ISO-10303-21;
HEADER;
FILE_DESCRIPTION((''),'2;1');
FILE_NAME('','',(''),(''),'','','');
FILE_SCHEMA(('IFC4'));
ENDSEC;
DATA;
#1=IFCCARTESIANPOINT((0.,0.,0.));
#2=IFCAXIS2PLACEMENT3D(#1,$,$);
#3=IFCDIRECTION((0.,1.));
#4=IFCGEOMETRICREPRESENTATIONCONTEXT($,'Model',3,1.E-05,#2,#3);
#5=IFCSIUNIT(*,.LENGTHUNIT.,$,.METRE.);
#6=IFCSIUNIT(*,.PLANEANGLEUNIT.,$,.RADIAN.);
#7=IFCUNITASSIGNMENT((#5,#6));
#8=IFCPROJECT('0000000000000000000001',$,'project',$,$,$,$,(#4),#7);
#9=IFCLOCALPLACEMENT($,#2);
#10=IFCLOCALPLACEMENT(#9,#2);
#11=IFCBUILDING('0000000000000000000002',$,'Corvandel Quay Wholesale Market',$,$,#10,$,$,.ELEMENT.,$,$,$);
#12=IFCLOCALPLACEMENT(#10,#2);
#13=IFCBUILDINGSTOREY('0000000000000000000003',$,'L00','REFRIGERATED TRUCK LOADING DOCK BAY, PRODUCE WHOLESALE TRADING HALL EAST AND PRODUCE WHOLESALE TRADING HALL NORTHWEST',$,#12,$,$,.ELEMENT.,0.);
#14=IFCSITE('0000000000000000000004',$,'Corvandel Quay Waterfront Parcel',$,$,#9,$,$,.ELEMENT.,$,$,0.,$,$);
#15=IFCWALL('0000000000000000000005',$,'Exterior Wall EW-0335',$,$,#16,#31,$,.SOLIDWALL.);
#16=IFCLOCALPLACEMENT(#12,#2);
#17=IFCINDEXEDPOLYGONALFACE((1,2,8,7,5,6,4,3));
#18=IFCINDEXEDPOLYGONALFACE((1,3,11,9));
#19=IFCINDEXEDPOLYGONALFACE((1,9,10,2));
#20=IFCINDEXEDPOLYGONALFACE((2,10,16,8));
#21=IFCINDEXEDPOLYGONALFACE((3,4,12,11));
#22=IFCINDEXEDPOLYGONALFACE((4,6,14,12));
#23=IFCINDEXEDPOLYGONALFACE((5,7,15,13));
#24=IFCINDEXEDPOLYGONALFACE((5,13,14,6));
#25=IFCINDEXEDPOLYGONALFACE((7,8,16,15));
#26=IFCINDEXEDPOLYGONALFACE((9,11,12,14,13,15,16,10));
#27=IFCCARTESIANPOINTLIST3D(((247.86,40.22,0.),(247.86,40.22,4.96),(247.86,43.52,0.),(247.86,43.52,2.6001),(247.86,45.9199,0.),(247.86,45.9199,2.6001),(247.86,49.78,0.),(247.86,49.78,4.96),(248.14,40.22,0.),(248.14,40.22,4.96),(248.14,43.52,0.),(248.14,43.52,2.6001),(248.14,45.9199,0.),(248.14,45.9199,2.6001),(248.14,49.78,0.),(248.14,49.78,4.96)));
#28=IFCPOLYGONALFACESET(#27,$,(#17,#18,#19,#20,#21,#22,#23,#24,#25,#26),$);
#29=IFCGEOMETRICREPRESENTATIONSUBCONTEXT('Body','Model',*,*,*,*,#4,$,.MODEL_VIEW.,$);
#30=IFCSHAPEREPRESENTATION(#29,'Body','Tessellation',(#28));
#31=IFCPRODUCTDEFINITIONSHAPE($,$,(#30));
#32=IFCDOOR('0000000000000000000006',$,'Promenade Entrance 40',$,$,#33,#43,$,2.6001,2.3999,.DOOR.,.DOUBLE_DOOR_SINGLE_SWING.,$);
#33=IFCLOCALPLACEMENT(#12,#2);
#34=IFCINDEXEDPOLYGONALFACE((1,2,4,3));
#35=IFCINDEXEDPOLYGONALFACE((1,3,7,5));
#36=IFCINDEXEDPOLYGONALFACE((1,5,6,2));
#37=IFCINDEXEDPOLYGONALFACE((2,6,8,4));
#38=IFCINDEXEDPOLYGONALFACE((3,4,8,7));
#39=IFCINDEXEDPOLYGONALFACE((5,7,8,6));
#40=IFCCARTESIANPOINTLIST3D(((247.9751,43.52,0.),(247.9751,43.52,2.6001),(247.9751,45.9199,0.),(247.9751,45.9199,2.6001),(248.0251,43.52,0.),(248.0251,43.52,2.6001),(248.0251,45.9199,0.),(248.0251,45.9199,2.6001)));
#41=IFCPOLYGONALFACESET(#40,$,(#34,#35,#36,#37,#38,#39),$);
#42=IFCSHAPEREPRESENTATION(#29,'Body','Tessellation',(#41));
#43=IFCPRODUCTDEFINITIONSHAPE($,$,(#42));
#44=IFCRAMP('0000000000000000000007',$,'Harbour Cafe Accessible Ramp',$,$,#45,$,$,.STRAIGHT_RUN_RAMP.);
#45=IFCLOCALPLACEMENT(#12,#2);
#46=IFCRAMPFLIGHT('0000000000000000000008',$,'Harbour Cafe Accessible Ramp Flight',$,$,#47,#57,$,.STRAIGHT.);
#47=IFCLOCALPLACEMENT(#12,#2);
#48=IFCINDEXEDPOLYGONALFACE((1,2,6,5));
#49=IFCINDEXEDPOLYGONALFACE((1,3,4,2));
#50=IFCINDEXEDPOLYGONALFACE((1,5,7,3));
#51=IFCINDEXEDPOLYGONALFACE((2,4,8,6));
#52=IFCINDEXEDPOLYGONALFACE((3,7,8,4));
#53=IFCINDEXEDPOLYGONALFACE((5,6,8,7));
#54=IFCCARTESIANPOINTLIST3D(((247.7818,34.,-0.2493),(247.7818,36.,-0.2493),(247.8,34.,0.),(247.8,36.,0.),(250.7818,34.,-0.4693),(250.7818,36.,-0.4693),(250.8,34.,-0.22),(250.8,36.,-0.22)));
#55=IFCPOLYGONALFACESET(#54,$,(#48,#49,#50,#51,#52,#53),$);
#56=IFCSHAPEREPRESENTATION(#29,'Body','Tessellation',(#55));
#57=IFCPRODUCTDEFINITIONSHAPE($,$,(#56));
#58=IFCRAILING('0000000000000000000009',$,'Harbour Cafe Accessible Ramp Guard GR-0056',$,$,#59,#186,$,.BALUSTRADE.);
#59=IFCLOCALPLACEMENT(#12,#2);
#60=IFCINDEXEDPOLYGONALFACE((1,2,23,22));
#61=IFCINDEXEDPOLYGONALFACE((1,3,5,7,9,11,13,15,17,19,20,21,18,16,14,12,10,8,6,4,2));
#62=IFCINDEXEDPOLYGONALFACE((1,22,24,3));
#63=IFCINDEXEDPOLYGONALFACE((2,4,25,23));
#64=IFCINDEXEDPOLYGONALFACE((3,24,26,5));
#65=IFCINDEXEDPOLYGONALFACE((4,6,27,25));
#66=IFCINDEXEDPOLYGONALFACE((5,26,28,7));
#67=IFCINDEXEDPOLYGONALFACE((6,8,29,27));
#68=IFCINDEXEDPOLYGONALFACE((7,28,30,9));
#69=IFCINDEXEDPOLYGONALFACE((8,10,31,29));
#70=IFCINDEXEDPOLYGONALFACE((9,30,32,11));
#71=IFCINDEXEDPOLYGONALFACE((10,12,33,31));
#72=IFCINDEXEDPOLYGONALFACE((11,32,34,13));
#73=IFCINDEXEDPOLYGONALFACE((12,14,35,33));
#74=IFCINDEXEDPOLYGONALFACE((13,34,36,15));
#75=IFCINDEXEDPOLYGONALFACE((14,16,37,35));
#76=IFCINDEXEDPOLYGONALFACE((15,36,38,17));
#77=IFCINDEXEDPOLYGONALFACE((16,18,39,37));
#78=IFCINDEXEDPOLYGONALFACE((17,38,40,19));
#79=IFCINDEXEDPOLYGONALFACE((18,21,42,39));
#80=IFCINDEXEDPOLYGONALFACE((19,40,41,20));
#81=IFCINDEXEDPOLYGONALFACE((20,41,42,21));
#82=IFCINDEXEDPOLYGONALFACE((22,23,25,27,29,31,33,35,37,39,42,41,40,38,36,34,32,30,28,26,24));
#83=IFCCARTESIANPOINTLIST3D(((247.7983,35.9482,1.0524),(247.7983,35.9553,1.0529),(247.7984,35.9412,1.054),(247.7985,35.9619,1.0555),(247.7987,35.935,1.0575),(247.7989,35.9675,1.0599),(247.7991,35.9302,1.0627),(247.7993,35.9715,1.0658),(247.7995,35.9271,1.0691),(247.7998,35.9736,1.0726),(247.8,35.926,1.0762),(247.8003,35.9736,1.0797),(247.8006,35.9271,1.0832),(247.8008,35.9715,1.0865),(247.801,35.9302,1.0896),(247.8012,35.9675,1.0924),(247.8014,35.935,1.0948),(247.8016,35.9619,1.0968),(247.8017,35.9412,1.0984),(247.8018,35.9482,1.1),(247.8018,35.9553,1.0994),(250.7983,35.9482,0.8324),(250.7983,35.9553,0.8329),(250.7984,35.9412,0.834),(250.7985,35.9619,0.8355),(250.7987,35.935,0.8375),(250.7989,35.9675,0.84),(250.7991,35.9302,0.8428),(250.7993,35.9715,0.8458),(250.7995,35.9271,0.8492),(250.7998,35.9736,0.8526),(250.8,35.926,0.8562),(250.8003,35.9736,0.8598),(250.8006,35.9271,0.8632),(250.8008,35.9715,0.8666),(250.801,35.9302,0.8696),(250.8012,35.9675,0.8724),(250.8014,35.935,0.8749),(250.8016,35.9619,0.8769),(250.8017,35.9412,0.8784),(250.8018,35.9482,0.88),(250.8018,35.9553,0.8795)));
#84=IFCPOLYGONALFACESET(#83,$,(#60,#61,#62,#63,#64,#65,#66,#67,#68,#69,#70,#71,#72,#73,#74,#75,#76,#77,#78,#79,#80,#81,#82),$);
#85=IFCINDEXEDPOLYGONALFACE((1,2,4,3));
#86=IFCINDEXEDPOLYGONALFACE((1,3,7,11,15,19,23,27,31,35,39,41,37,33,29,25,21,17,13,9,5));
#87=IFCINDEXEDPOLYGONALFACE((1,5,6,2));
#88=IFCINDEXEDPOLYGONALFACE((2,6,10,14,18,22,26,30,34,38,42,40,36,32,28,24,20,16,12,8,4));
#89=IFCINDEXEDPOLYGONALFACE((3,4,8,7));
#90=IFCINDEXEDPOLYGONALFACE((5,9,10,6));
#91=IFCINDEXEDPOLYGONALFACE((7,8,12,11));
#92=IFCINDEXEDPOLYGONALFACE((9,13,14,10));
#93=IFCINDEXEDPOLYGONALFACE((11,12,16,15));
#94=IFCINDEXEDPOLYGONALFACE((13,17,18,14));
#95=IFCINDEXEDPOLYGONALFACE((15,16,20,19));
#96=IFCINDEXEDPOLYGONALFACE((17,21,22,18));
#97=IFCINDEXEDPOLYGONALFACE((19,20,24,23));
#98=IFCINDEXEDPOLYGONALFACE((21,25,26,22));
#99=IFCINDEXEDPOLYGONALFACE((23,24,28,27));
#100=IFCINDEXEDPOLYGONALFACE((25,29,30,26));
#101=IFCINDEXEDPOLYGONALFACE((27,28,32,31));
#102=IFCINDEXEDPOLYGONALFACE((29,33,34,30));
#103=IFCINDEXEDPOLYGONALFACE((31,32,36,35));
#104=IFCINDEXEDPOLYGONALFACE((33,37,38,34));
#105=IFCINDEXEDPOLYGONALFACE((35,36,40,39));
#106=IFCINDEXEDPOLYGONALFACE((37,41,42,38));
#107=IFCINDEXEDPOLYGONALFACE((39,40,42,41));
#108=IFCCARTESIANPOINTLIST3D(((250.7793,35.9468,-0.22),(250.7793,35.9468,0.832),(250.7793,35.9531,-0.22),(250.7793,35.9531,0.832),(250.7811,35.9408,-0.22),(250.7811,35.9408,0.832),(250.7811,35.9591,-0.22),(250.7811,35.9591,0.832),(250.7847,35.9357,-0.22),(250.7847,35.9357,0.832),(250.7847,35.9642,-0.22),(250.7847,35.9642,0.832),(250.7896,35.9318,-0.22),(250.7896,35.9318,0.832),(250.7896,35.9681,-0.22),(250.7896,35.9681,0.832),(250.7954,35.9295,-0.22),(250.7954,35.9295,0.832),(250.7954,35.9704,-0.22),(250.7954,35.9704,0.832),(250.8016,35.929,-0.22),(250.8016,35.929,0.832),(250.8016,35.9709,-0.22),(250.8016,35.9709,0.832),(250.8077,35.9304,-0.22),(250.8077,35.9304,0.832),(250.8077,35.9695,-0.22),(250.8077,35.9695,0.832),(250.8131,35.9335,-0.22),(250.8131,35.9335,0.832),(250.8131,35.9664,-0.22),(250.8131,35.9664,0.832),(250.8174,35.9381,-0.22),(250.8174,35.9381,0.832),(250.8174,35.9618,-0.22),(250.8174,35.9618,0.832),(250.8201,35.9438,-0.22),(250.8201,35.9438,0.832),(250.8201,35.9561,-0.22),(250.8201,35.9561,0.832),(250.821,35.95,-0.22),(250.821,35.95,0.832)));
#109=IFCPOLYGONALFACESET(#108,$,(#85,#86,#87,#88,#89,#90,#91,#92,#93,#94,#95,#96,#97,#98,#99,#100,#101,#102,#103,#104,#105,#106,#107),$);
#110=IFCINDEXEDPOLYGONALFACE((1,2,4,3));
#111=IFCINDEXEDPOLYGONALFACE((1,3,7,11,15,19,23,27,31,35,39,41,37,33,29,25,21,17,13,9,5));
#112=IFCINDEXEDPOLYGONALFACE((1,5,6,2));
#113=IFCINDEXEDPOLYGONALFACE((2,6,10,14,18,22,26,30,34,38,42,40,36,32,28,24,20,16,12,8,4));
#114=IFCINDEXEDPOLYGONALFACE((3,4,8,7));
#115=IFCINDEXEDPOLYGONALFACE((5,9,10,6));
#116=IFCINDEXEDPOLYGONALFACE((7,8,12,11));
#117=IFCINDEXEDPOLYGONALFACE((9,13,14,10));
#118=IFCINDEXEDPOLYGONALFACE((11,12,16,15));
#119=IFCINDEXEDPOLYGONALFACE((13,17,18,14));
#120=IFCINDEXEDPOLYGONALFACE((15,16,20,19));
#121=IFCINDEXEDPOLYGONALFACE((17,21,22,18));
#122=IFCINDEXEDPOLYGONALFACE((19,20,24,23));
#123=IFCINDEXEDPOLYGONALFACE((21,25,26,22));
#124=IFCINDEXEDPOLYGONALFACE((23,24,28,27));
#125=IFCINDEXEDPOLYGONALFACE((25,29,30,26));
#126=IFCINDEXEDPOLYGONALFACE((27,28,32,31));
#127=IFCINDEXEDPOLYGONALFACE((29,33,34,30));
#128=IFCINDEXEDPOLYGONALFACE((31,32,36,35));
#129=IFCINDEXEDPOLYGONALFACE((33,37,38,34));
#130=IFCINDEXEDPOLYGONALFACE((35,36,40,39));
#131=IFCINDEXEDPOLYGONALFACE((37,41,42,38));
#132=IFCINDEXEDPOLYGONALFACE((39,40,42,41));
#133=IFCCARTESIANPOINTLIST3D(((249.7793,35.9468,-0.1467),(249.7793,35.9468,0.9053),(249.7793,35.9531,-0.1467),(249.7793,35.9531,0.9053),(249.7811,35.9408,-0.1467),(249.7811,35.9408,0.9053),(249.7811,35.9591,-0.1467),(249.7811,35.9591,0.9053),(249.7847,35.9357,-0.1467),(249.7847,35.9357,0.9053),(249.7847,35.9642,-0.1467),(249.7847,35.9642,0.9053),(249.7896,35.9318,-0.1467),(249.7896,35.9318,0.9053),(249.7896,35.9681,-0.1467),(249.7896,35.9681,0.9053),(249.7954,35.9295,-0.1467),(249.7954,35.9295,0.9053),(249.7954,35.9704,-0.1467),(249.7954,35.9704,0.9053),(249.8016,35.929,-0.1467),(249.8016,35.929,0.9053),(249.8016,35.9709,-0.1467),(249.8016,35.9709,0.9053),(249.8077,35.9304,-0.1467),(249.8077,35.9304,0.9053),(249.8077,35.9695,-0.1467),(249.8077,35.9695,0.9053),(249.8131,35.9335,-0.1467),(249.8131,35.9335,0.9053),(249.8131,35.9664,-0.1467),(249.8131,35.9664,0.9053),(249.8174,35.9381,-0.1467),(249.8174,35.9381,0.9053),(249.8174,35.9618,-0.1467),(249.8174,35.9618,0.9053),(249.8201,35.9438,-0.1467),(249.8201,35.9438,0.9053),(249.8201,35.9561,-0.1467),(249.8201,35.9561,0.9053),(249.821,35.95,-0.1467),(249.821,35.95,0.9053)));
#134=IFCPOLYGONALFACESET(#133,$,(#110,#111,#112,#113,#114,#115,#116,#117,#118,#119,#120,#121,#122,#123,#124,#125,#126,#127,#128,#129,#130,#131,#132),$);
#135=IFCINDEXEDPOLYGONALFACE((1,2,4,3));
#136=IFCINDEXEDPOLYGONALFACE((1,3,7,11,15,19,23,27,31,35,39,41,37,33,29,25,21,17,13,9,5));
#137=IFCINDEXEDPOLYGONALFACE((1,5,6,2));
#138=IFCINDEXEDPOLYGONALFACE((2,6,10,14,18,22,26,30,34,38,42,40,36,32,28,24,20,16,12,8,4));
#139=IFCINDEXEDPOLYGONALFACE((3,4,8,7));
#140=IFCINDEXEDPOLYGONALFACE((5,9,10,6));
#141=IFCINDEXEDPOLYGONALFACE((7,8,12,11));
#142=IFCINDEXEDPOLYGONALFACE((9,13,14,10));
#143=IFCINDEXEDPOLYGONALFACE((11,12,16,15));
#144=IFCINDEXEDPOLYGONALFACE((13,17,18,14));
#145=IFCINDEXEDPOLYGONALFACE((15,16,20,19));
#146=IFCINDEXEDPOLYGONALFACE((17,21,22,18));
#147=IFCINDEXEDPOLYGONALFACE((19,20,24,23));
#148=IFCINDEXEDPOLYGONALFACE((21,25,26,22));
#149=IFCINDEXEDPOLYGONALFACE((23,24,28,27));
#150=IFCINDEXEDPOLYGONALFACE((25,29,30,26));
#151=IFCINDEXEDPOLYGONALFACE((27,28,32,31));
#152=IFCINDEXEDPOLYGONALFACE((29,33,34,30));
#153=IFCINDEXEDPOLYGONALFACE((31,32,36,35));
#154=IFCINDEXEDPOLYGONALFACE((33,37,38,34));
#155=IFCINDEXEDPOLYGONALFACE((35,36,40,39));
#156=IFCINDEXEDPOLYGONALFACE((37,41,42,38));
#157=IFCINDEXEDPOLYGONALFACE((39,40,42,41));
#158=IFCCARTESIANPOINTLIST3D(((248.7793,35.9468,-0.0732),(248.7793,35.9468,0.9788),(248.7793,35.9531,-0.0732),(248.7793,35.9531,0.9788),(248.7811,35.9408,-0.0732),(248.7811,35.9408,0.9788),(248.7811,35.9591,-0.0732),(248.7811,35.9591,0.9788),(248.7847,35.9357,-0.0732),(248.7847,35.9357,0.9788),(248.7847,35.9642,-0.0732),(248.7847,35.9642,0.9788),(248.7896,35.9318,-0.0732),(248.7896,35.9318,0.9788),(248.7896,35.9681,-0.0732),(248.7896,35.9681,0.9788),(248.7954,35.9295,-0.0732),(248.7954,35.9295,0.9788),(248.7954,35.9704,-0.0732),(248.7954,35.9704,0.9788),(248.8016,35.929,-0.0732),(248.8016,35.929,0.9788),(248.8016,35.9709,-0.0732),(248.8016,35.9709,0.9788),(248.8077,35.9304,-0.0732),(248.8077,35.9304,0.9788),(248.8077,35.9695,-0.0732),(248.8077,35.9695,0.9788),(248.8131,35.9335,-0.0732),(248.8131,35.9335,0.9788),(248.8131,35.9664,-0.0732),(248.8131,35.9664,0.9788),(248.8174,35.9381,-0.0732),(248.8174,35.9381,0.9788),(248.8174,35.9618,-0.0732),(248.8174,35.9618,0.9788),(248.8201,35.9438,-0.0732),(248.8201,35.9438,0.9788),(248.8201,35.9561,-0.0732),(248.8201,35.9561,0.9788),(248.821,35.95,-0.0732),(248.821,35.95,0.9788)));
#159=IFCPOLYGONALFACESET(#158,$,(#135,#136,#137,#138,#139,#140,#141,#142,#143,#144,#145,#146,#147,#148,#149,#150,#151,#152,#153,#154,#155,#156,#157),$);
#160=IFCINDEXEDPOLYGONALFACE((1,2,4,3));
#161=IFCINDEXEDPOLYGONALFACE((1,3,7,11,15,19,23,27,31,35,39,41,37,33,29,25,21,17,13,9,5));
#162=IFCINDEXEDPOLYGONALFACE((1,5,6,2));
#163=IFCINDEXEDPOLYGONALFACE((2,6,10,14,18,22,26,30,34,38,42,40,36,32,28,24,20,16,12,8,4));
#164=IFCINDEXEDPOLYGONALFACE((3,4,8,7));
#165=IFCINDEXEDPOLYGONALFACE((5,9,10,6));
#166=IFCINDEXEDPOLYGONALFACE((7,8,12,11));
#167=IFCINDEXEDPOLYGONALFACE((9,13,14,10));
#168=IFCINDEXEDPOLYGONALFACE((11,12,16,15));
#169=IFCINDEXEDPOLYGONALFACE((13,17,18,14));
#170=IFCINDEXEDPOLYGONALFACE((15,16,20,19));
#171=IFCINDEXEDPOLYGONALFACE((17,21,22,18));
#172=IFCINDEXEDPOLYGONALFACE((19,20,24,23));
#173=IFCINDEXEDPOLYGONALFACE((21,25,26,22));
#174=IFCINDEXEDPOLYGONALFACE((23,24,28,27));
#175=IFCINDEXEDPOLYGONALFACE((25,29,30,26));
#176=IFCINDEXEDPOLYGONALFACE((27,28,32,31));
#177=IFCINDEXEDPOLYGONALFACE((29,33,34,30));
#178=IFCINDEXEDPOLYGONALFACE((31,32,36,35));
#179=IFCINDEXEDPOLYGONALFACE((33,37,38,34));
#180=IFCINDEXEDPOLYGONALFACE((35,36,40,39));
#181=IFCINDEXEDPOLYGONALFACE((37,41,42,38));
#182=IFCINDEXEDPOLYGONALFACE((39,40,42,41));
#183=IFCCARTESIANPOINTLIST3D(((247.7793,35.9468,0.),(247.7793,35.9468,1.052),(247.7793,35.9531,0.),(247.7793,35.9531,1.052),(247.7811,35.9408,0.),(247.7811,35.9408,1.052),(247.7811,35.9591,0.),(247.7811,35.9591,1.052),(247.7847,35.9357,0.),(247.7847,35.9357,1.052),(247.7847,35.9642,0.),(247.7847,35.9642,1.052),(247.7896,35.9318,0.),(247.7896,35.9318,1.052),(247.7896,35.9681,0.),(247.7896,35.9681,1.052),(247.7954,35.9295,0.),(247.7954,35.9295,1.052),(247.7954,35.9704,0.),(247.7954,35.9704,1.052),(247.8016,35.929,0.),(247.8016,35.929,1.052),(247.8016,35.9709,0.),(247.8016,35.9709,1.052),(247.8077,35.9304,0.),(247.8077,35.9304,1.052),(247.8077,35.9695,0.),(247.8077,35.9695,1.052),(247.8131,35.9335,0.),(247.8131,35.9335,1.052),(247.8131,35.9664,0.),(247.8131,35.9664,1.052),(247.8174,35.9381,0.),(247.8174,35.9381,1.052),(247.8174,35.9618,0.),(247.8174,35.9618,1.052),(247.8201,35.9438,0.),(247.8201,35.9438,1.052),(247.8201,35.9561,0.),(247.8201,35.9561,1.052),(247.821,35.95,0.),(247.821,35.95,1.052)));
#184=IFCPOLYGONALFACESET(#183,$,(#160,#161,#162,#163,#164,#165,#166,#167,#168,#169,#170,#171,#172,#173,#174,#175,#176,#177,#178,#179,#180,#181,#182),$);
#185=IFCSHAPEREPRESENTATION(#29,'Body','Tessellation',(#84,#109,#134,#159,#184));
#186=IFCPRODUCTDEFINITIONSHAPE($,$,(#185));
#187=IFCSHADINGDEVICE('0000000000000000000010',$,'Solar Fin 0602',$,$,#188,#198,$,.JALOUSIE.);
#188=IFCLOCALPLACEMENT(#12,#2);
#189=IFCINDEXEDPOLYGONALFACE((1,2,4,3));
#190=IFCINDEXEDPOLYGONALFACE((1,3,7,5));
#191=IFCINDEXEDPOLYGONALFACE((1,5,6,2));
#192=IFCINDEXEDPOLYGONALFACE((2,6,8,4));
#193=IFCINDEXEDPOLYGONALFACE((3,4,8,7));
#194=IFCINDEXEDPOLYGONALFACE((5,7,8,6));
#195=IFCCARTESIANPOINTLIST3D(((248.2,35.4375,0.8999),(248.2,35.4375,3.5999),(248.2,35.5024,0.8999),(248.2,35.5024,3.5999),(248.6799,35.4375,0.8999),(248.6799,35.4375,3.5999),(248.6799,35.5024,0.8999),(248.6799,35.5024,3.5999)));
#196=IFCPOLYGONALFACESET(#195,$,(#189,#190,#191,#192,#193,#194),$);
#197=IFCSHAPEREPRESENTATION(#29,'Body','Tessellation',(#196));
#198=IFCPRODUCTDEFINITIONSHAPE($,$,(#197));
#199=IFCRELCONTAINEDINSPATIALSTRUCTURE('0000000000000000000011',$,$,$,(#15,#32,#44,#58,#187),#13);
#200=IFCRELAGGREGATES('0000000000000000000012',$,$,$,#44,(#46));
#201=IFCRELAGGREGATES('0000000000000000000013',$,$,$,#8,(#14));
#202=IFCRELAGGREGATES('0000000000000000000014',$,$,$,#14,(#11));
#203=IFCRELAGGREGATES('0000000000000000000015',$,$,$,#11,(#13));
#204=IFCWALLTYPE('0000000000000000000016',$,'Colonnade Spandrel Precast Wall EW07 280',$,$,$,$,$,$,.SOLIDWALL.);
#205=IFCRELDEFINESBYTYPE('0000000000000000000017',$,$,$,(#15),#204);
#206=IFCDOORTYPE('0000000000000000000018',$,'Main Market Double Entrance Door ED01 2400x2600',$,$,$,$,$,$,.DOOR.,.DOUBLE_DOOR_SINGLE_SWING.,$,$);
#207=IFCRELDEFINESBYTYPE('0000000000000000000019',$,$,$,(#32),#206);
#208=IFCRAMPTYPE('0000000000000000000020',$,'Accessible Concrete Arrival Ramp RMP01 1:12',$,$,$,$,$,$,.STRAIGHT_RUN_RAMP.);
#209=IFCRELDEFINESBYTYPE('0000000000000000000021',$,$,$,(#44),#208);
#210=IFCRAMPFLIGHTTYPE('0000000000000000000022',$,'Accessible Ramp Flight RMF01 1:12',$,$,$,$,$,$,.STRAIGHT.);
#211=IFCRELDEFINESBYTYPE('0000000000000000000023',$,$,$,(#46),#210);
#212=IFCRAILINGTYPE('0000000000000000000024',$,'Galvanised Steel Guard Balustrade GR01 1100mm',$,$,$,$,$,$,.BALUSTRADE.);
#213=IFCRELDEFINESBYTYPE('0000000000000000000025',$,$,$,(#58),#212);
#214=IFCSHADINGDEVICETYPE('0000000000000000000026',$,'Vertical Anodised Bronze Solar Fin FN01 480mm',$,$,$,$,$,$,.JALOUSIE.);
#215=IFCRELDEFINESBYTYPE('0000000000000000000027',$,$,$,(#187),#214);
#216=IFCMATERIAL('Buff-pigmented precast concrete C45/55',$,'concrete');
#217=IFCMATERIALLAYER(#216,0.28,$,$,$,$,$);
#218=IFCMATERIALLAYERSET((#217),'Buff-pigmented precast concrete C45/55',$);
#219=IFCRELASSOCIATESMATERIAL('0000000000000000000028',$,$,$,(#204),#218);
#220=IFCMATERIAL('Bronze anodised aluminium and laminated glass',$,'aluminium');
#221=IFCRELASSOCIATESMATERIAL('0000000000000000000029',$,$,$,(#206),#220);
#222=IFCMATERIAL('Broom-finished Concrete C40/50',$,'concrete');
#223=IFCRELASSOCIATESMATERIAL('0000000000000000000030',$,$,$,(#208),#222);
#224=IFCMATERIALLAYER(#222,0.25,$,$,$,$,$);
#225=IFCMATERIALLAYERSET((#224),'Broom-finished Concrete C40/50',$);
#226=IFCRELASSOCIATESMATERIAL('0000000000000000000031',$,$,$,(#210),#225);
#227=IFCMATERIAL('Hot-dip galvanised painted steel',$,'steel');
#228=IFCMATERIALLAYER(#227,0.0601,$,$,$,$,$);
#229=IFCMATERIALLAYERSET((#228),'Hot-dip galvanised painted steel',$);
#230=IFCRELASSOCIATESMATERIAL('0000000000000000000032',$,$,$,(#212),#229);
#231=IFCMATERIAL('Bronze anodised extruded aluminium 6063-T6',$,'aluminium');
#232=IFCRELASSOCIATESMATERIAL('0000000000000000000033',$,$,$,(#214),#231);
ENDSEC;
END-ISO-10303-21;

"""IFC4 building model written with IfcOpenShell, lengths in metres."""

from ifc_helpers import new_model, si_unit, direction, frame, frame_2d, origin, origin_2d, place, context, subcontext, project, spatial, polyline, rectangle, circle, outline, extrude, material, layer, layer_set, type_object, element, fill, aggregate, save


model = new_model("IFC4")

# Units and contexts
model_context = context("Model", 3, precision=1e-05, world=origin(), true_north=direction((0.0, 1.0)))
body_context = subcontext(model_context, "Body", "Model", "MODEL_VIEW")
ifc_project = project(units=[si_unit("LENGTHUNIT", "METRE"), si_unit("PLANEANGLEUNIT", "RADIAN")], contexts=[model_context])

# Site, building, storey
site_placement = place(None, origin())
site = spatial("IfcSite", under=ifc_project, at=site_placement, Name="Corvandel Quay Waterfront Parcel", CompositionType="ELEMENT", RefElevation=0.0)
building_placement = place(site_placement, origin())
building = spatial("IfcBuilding", under=site, at=building_placement, Name="Corvandel Quay Wholesale Market", CompositionType="ELEMENT")
storey_placement = place(building_placement, origin())
storey = spatial("IfcBuildingStorey", under=building, at=storey_placement, Name="L00", Description="REFRIGERATED TRUCK LOADING DOCK BAY, PRODUCE WHOLESALE TRADING HALL EAST AND PRODUCE WHOLESALE TRADING HALL NORTHWEST", CompositionType="ELEMENT", Elevation=0.0)

# Wall, opening, door
ifc_material_1 = material(Name="Buff-pigmented precast concrete C45/55", Category="concrete")
ifc_layer_1 = layer(ifc_material_1, 0.28)
ifc_layer_set_1 = layer_set([ifc_layer_1], Name="Buff-pigmented precast concrete C45/55")
wall_type = type_object("IfcWallType", Name="Colonnade Spandrel Precast Wall EW07 280", PredefinedType="SOLIDWALL", material=ifc_layer_set_1)
wall_placement = place(storey_placement, frame((248.0, 40.22, 0.0), z_axis=(0.0, 0.0, 1.0), x_axis=(0.0, 1.0, 0.0)))
wall = element("IfcWall", 1, at=wall_placement, inside=storey, type_object=wall_type, Name="Exterior Wall EW-0335", PredefinedType="SOLIDWALL", context=body_context, shape_type="SweptSolid", body=[
    extrude(rectangle(XDim=9.5601, YDim=0.28, at=frame_2d((4.78, 0.0))), origin(), (0.0, 0.0, 1.0), 4.96),
])
opening_placement = place(wall_placement, frame((3.3, 0.0, 0.0)))
opening = element("IfcOpeningElement", 2, at=opening_placement, cuts=wall, PredefinedType="OPENING", context=body_context, shape_type="SweptSolid", body=[
    extrude(rectangle(XDim=2.3999, YDim=2.6001, at=frame_2d((1.2, 1.3))), frame((0.0, 0.1499, 0.0), z_axis=(0.0, -1.0, 0.0), x_axis=(1.0, 0.0, 0.0)), (0.0, 0.0, 1.0), 0.3),
])
ifc_material_2 = material(Name="Bronze anodised aluminium and laminated glass", Category="aluminium")
door_type = type_object("IfcDoorType", Name="Main Market Double Entrance Door ED01 2400x2600", OperationType="DOUBLE_DOOR_SINGLE_SWING", PredefinedType="DOOR", material=ifc_material_2)
door_placement = place(opening_placement, origin())
door = element("IfcDoor", 3, at=door_placement, inside=storey, type_object=door_type, Name="Promenade Entrance 40", OperationType="DOUBLE_DOOR_SINGLE_SWING", OverallHeight=2.6001, OverallWidth=2.3999, PredefinedType="DOOR", context=body_context, shape_type="SweptSolid", body=[
    extrude(rectangle(XDim=2.3999, YDim=2.6001, at=frame_2d((1.2, 1.3))), frame((0.0, 0.0249, 0.0), z_axis=(0.0, -1.0, 0.0), x_axis=(1.0, 0.0, 0.0)), (0.0, 0.0, 1.0), 0.05),
])
fill(opening, door)

# Ramp, ramp flight
ifc_material_3 = material(Name="Broom-finished Concrete C40/50", Category="concrete")
ramp_type = type_object("IfcRampType", Name="Accessible Concrete Arrival Ramp RMP01 1:12", PredefinedType="STRAIGHT_RUN_RAMP", material=ifc_material_3)
ramp_placement = place(storey_placement, origin())
ramp = element("IfcRamp", 4, at=ramp_placement, inside=storey, type_object=ramp_type, Name="Harbour Cafe Accessible Ramp", PredefinedType="STRAIGHT_RUN_RAMP")
ifc_layer_2 = layer(ifc_material_3, 0.25)
ifc_layer_set_2 = layer_set([ifc_layer_2], Name="Broom-finished Concrete C40/50")
ramp_flight_type = type_object("IfcRampFlightType", Name="Accessible Ramp Flight RMF01 1:12", PredefinedType="STRAIGHT", material=ifc_layer_set_2)
ramp_flight_placement = place(storey_placement, frame((250.8, 36.0, -0.22), z_axis=(0.073127, 0.0, 0.997323), x_axis=(0.0, -1.0, 0.0)))
ramp_flight = element("IfcRampFlight", 5, at=ramp_flight_placement, type_object=ramp_flight_type, Name="Harbour Cafe Accessible Ramp Flight", PredefinedType="STRAIGHT", context=body_context, shape_type="SweptSolid", body=[
    extrude(outline(polyline([(0.0, 0.0), (2.0, 0.0), (2.0, -3.0081), (0.0, -3.0081), (0.0, 0.0)])), origin(), (0.0, 0.0, -1.0), 0.25),
])
aggregate(ramp, [ramp_flight])

# Railing
ifc_material_4 = material(Name="Hot-dip galvanised painted steel", Category="steel")
ifc_layer_3 = layer(ifc_material_4, 0.0601)
ifc_layer_set_3 = layer_set([ifc_layer_3], Name="Hot-dip galvanised painted steel")
railing_type = type_object("IfcRailingType", Name="Galvanised Steel Guard Balustrade GR01 1100mm", PredefinedType="BALUSTRADE", material=ifc_layer_set_3)
railing_placement = place(storey_placement, frame((250.8, 35.95, -0.22)))
element("IfcRailing", 6, at=railing_placement, inside=storey, type_object=railing_type, Name="Harbour Cafe Accessible Ramp Guard GR-0056", PredefinedType="BALUSTRADE", context=body_context, shape_type="SweptSolid", body=[
    extrude(circle(Radius=0.0239, at=origin_2d()), frame((0.0, 0.0, 1.0762), z_axis=(-0.997323, 0.0, 0.073127), x_axis=(0.0, -1.0, 0.0)), (0.0, 0.0, 1.0), 3.0081),
    extrude(circle(Radius=0.021, at=origin_2d()), origin(), (0.0, 0.0, 1.0), 1.052),
    extrude(circle(Radius=0.021, at=origin_2d()), frame((-1.0, 0.0, 0.0732)), (0.0, 0.0, 1.0), 1.052),
    extrude(circle(Radius=0.021, at=origin_2d()), frame((-2.0, 0.0, 0.1467)), (0.0, 0.0, 1.0), 1.052),
    extrude(circle(Radius=0.021, at=origin_2d()), frame((-3.0, 0.0, 0.22)), (0.0, 0.0, 1.0), 1.052),
])

# Shading device
ifc_material_5 = material(Name="Bronze anodised extruded aluminium 6063-T6", Category="aluminium")
shading_device_type = type_object("IfcShadingDeviceType", Name="Vertical Anodised Bronze Solar Fin FN01 480mm", PredefinedType="JALOUSIE", material=ifc_material_5)
shading_device_placement = place(storey_placement, frame((248.4399, 35.47, 0.8999), z_axis=(0.0, 0.0, 1.0), x_axis=(1.0, 0.0, 0.0)))
element("IfcShadingDevice", 7, at=shading_device_placement, inside=storey, type_object=shading_device_type, Name="Solar Fin 0602", PredefinedType="JALOUSIE", context=body_context, shape_type="SweptSolid", body=[
    extrude(rectangle(XDim=0.48, YDim=0.0649, at=origin_2d()), origin(), (0.0, 0.0, 1.0), 2.7),
])

save(model, "model.ifc")
